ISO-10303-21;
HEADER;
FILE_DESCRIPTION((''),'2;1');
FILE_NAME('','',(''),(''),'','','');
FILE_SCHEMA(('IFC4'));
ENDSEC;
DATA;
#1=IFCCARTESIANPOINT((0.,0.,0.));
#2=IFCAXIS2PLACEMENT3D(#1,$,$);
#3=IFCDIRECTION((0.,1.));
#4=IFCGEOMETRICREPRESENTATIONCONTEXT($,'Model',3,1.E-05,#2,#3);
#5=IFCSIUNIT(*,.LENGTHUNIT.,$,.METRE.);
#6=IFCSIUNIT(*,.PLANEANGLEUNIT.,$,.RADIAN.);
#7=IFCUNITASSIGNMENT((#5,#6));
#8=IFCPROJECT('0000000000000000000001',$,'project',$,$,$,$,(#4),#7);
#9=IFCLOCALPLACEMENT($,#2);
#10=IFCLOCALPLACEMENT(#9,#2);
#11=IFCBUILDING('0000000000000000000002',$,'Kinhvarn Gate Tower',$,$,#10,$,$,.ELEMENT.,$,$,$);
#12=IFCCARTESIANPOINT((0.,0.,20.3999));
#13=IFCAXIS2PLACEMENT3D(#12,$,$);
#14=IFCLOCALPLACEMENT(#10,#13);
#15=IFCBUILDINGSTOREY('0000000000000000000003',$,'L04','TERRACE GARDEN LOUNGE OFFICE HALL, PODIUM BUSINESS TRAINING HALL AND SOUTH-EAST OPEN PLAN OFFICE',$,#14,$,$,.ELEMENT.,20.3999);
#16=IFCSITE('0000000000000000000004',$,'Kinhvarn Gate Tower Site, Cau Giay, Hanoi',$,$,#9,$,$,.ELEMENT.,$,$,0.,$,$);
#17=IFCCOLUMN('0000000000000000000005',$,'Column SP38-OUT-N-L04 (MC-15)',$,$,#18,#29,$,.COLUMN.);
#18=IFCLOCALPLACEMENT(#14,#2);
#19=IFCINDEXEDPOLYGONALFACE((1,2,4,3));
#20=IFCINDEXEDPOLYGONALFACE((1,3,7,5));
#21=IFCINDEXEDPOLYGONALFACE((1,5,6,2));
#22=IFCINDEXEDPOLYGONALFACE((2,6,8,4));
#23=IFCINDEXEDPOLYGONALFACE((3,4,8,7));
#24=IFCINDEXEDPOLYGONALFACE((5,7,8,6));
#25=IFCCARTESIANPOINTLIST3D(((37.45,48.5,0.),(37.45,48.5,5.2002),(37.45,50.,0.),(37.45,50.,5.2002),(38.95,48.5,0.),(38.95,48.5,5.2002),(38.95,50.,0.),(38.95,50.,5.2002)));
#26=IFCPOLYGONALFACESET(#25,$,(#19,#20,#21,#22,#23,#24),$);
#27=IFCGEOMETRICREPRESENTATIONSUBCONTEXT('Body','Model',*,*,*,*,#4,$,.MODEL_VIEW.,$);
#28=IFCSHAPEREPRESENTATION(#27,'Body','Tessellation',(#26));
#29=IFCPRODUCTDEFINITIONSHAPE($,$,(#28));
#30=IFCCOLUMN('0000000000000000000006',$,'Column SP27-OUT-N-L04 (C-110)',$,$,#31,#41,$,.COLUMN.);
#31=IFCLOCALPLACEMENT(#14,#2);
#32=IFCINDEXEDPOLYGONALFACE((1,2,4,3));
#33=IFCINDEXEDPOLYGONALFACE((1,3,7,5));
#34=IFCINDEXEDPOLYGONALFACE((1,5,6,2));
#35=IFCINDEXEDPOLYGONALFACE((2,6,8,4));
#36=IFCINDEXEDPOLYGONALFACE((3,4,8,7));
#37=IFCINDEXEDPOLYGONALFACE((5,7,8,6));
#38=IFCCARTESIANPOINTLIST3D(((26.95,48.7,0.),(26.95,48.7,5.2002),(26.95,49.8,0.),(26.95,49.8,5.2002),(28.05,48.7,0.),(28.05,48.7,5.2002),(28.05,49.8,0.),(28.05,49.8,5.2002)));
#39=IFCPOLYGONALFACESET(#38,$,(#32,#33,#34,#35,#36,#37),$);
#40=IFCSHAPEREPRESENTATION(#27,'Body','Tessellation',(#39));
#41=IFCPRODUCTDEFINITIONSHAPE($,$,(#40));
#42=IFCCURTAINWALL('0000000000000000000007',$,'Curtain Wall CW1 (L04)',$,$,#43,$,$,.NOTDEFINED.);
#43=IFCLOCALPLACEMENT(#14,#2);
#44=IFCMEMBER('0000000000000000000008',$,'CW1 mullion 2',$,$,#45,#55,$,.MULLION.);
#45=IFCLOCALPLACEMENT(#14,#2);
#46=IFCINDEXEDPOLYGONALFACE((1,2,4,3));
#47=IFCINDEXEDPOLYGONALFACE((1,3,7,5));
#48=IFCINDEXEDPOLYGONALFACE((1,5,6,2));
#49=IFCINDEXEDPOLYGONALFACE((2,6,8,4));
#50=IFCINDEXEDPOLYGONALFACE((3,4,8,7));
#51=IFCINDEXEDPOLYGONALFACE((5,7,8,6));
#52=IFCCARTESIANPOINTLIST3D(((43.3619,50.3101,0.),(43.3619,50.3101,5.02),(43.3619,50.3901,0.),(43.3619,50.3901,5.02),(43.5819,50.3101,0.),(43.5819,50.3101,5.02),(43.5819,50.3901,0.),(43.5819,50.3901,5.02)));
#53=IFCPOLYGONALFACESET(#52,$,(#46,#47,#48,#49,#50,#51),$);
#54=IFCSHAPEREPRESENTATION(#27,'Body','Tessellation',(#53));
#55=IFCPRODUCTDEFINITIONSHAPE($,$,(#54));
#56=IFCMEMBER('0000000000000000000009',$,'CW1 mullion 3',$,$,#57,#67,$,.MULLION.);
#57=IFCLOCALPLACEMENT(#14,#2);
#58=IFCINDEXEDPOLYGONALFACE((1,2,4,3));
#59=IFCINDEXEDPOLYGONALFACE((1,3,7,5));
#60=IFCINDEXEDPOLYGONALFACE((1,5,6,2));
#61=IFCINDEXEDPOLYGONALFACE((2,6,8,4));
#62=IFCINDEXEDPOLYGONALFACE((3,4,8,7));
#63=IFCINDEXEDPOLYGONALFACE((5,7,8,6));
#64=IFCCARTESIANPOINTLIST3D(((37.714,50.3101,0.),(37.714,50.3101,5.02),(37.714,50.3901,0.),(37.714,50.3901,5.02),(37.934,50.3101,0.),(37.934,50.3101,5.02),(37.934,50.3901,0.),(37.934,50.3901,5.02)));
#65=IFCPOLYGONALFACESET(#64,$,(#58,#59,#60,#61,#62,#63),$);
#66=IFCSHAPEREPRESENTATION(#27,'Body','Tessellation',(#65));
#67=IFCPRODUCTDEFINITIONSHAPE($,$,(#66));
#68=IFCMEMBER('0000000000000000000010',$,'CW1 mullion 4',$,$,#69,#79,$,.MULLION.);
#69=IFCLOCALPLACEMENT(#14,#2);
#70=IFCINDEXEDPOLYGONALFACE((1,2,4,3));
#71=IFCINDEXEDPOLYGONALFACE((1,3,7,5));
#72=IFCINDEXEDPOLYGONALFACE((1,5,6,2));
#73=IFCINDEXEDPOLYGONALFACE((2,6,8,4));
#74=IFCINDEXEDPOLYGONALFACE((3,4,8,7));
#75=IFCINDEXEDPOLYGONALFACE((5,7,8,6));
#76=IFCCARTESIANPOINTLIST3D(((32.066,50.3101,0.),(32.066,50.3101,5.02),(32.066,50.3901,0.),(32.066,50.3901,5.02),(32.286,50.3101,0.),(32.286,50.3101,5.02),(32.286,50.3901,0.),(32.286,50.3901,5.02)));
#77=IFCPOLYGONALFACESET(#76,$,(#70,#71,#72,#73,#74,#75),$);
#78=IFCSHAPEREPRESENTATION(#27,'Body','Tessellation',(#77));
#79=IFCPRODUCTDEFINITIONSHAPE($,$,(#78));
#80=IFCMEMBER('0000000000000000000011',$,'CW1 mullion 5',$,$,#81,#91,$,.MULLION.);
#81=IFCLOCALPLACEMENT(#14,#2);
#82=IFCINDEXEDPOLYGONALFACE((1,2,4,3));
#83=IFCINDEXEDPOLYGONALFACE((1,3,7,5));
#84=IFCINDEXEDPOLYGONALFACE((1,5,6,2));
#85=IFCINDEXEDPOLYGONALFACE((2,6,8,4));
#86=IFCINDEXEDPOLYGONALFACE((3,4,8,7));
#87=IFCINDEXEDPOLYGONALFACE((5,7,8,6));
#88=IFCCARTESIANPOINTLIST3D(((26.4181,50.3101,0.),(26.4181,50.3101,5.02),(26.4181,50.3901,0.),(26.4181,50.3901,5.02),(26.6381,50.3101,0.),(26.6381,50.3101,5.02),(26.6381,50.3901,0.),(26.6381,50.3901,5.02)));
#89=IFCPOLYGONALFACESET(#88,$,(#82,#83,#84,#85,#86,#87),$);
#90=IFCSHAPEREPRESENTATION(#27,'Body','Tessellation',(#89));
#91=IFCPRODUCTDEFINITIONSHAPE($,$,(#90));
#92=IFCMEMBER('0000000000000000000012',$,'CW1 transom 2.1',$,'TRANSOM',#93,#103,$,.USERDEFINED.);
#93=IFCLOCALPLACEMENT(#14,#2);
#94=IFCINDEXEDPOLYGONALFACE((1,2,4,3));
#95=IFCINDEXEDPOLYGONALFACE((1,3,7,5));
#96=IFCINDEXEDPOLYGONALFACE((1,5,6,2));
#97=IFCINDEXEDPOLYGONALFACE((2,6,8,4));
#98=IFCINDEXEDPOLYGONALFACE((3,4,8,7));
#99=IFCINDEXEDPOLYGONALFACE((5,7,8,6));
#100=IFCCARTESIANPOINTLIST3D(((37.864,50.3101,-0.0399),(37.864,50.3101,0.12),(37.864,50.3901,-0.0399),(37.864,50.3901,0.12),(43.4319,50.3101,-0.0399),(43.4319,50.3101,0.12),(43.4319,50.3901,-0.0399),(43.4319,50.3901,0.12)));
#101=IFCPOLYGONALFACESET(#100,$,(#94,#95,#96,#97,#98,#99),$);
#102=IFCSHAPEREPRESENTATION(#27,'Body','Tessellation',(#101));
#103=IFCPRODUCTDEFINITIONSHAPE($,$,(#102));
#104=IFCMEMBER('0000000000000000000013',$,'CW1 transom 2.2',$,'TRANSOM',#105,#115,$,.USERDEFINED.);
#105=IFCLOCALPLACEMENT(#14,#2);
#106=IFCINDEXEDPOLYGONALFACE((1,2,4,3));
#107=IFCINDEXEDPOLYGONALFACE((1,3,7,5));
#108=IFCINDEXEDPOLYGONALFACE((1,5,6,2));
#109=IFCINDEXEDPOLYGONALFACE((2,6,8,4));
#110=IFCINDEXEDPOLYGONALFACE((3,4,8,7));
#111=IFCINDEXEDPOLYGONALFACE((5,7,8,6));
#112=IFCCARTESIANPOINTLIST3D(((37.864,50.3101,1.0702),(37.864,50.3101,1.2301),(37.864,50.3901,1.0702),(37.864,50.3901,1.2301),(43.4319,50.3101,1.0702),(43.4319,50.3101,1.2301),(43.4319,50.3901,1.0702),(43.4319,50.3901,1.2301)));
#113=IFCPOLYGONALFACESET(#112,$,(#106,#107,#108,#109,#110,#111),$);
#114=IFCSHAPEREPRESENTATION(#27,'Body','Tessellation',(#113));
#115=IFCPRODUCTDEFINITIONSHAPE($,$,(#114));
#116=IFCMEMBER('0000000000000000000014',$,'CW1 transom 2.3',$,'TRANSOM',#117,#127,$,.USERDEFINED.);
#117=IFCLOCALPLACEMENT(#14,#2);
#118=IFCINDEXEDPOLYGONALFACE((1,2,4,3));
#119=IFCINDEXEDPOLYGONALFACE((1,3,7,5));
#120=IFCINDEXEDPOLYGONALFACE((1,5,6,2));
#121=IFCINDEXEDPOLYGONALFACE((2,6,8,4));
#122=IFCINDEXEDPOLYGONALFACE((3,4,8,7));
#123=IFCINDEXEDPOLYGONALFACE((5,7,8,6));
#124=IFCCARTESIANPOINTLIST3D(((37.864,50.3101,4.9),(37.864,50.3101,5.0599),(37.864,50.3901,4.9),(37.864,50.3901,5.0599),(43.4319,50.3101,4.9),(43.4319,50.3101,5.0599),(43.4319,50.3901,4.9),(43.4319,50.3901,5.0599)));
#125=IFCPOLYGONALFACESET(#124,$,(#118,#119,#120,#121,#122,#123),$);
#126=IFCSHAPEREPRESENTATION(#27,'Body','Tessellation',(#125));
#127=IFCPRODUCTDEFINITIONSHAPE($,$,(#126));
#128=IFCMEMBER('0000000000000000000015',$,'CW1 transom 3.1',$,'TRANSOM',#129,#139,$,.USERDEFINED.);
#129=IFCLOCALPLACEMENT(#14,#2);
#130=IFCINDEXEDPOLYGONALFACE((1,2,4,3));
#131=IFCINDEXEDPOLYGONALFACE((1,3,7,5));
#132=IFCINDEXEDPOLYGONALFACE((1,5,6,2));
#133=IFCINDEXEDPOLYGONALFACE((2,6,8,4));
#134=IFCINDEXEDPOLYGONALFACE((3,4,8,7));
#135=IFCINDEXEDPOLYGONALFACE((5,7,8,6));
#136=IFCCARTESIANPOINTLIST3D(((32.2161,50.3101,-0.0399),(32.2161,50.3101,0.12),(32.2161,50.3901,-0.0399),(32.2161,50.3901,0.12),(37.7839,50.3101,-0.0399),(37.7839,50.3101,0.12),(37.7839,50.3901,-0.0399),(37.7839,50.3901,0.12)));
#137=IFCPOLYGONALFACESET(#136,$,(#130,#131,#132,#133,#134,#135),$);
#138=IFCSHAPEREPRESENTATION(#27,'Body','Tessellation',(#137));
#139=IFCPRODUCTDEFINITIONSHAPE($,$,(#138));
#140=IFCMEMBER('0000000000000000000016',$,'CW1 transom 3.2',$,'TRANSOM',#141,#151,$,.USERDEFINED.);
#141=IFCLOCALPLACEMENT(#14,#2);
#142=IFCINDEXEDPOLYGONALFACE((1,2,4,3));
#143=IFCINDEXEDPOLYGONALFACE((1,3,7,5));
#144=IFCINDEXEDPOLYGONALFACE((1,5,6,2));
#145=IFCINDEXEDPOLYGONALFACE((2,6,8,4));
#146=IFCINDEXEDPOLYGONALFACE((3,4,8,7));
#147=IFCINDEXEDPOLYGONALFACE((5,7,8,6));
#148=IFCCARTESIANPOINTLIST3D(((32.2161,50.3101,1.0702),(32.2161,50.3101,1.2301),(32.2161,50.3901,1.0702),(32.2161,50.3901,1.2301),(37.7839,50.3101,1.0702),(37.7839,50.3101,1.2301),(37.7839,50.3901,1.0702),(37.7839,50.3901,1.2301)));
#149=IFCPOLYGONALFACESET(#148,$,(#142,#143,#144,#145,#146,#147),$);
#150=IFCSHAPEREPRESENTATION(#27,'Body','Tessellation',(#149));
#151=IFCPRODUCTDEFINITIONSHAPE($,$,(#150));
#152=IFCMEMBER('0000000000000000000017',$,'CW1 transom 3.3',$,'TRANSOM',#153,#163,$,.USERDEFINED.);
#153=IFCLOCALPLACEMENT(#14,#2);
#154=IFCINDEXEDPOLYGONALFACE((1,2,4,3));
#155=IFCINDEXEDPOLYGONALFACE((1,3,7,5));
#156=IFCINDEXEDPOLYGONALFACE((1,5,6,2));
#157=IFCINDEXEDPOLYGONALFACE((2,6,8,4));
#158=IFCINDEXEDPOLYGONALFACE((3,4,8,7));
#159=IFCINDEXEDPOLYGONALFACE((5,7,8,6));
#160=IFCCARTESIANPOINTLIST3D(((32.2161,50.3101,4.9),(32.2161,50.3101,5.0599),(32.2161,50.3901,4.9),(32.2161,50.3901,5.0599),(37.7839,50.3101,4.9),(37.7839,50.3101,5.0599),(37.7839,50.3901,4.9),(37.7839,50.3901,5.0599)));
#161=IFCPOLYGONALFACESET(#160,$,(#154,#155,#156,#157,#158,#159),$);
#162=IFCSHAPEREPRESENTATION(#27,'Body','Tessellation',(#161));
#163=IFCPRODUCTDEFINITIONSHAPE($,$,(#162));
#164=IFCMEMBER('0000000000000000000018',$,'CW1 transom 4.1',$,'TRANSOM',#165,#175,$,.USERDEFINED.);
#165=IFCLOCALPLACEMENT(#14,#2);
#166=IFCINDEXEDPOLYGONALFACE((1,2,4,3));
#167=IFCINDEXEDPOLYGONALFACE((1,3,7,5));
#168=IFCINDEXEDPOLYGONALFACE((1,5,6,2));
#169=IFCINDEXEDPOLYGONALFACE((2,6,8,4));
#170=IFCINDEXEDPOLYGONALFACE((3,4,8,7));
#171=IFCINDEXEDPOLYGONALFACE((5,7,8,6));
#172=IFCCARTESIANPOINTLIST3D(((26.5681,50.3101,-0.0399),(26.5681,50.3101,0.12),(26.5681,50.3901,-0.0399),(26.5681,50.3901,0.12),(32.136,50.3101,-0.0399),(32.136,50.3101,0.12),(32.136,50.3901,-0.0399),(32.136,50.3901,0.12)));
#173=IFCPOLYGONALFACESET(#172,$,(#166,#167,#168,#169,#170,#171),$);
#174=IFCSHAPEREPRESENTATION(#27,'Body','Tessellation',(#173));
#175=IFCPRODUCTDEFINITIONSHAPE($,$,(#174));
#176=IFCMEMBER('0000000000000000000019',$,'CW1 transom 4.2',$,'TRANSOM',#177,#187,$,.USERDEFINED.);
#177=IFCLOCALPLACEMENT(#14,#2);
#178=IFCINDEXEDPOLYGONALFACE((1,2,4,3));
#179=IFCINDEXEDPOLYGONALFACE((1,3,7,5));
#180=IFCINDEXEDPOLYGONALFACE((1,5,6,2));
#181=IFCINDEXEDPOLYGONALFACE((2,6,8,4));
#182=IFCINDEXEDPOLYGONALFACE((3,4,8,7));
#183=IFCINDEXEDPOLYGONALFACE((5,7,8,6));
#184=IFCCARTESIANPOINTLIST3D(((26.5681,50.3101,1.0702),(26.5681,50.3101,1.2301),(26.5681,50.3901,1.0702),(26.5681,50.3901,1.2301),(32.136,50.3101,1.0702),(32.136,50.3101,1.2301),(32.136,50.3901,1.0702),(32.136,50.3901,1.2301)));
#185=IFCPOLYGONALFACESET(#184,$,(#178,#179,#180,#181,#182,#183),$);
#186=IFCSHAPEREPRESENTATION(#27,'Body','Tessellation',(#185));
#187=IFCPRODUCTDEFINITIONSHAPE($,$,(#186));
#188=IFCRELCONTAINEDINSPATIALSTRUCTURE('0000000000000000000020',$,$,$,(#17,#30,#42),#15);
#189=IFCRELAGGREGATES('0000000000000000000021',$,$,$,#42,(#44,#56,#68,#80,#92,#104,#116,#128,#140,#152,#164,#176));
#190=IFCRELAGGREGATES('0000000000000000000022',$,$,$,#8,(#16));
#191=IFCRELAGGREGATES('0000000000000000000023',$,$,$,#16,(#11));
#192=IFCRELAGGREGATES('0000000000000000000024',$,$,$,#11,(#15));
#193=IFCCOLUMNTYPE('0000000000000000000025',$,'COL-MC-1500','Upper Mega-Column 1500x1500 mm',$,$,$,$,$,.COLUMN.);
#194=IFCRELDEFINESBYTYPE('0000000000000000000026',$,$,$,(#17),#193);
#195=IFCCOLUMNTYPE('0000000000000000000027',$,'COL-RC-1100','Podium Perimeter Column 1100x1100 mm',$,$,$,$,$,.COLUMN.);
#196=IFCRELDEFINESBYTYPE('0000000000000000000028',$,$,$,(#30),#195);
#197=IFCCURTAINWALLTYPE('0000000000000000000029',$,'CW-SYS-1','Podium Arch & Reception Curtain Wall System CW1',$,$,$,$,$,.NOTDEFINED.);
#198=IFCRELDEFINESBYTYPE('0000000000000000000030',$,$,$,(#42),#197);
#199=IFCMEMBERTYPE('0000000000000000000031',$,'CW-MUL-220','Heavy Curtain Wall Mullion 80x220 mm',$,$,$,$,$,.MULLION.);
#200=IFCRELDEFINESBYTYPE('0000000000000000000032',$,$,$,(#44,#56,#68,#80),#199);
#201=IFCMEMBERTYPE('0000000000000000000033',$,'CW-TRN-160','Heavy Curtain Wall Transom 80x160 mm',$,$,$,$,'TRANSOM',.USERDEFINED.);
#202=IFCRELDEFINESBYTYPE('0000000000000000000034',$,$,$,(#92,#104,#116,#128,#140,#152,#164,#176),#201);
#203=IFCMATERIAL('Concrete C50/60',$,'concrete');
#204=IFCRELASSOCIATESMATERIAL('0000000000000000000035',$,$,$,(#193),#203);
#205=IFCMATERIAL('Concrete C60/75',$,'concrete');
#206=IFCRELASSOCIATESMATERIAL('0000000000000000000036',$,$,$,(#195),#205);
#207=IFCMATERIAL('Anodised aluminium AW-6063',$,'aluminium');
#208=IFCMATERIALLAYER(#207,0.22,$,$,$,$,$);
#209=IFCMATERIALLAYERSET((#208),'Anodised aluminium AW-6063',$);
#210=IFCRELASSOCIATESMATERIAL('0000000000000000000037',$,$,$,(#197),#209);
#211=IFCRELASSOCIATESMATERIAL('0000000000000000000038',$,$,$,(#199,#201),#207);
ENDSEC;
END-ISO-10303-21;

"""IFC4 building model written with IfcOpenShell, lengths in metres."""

from ifc_helpers import new_model, si_unit, direction, frame, origin, origin_2d, place, context, subcontext, project, spatial, rectangle, extrude, material, layer, layer_set, material_profile, profile_set, type_object, element, aggregate, save


model = new_model("IFC4")

# Units and contexts
model_context = context("Model", 3, precision=1e-05, world=origin(), true_north=direction((0.0, 1.0)))
body_context = subcontext(model_context, "Body", "Model", "MODEL_VIEW")
ifc_project = project(units=[si_unit("LENGTHUNIT", "METRE"), si_unit("PLANEANGLEUNIT", "RADIAN")], contexts=[model_context])

# Site, building, storey
site_placement = place(None, origin())
site = spatial("IfcSite", under=ifc_project, at=site_placement, Name="Kinhvarn Gate Tower Site, Cau Giay, Hanoi", CompositionType="ELEMENT", RefElevation=0.0)
building_placement = place(site_placement, origin())
building = spatial("IfcBuilding", under=site, at=building_placement, Name="Kinhvarn Gate Tower", CompositionType="ELEMENT")
storey_placement = place(building_placement, frame((0.0, 0.0, 20.3999)))
storey = spatial("IfcBuildingStorey", under=building, at=storey_placement, Name="L04", Description="TERRACE GARDEN LOUNGE OFFICE HALL, PODIUM BUSINESS TRAINING HALL AND SOUTH-EAST OPEN PLAN OFFICE", CompositionType="ELEMENT", Elevation=20.3999)

# Columns
ifc_material_1 = material(Name="Concrete C50/60", Category="concrete")
ifc_material_profile_1 = material_profile(ifc_material_1, rectangle(XDim=1.5, YDim=1.5, at=origin_2d()), Name="RC 1500x1500")
ifc_profile_set_1 = profile_set([ifc_material_profile_1], Name="Concrete C50/60")
column_type_1 = type_object("IfcColumnType", Name="COL-MC-1500", Description="Upper Mega-Column 1500x1500 mm", PredefinedType="COLUMN", material=ifc_profile_set_1)
column_1_placement = place(storey_placement, frame((38.2, 49.25, 0.0), z_axis=(0.0, 0.0, 1.0), x_axis=(1.0, 0.0, 0.0)))
element("IfcColumn", 1, at=column_1_placement, inside=storey, type_object=column_type_1, Name="Column SP38-OUT-N-L04 (MC-15)", PredefinedType="COLUMN", context=body_context, shape_type="SweptSolid", body=[
    extrude(rectangle(XDim=1.5, YDim=1.5, at=origin_2d()), origin(), (0.0, 0.0, 1.0), 5.2002),
])
ifc_material_2 = material(Name="Concrete C60/75", Category="concrete")
ifc_material_profile_2 = material_profile(ifc_material_2, rectangle(XDim=1.1001, YDim=1.1001, at=origin_2d()), Name="RC 1100x1100")
ifc_profile_set_2 = profile_set([ifc_material_profile_2], Name="Concrete C60/75")
column_type_2 = type_object("IfcColumnType", Name="COL-RC-1100", Description="Podium Perimeter Column 1100x1100 mm", PredefinedType="COLUMN", material=ifc_profile_set_2)
column_2_placement = place(storey_placement, frame((27.5, 49.25, 0.0), z_axis=(0.0, 0.0, 1.0), x_axis=(1.0, 0.0, 0.0)))
element("IfcColumn", 2, at=column_2_placement, inside=storey, type_object=column_type_2, Name="Column SP27-OUT-N-L04 (C-110)", PredefinedType="COLUMN", context=body_context, shape_type="SweptSolid", body=[
    extrude(rectangle(XDim=1.1001, YDim=1.1001, at=origin_2d()), origin(), (0.0, 0.0, 1.0), 5.2002),
])

# Curtain wall, members
ifc_material_3 = material(Name="Anodised aluminium AW-6063", Category="aluminium")
ifc_layer_1 = layer(ifc_material_3, 0.22)
ifc_layer_set_1 = layer_set([ifc_layer_1], Name="Anodised aluminium AW-6063")
curtain_wall_type = type_object("IfcCurtainWallType", Name="CW-SYS-1", Description="Podium Arch & Reception Curtain Wall System CW1", PredefinedType="NOTDEFINED", material=ifc_layer_set_1)
curtain_wall_placement = place(storey_placement, origin())
curtain_wall = element("IfcCurtainWall", 3, at=curtain_wall_placement, inside=storey, type_object=curtain_wall_type, Name="Curtain Wall CW1 (L04)", PredefinedType="NOTDEFINED")
ifc_material_profile_3 = material_profile(ifc_material_3, rectangle(XDim=0.0801, YDim=0.22, at=origin_2d()), Name="ALU 80x220")
ifc_profile_set_3 = profile_set([ifc_material_profile_3], Name="Anodised aluminium AW-6063")
member_type_1 = type_object("IfcMemberType", Name="CW-MUL-220", Description="Heavy Curtain Wall Mullion 80x220 mm", PredefinedType="MULLION", material=ifc_profile_set_3)
member_1_placement = place(storey_placement, frame((43.4719, 50.3501, 0.0), z_axis=(0.0, 0.0, 1.0), x_axis=(0.0, -1.0, 0.0)))
member_1 = element("IfcMember", 4, at=member_1_placement, type_object=member_type_1, Name="CW1 mullion 2", PredefinedType="MULLION", context=body_context, shape_type="SweptSolid", body=[
    extrude(rectangle(XDim=0.0801, YDim=0.22, at=origin_2d()), origin(), (0.0, 0.0, 1.0), 5.02),
])
member_2_placement = place(storey_placement, frame((37.824, 50.3501, 0.0), z_axis=(0.0, 0.0, 1.0), x_axis=(0.0, -1.0, 0.0)))
member_2 = element("IfcMember", 5, at=member_2_placement, type_object=member_type_1, Name="CW1 mullion 3", PredefinedType="MULLION", context=body_context, shape_type="SweptSolid", body=[
    extrude(rectangle(XDim=0.0801, YDim=0.22, at=origin_2d()), origin(), (0.0, 0.0, 1.0), 5.02),
])
member_3_placement = place(storey_placement, frame((32.176, 50.3501, 0.0), z_axis=(0.0, 0.0, 1.0), x_axis=(0.0, -1.0, 0.0)))
member_3 = element("IfcMember", 6, at=member_3_placement, type_object=member_type_1, Name="CW1 mullion 4", PredefinedType="MULLION", context=body_context, shape_type="SweptSolid", body=[
    extrude(rectangle(XDim=0.0801, YDim=0.22, at=origin_2d()), origin(), (0.0, 0.0, 1.0), 5.02),
])
member_4_placement = place(storey_placement, frame((26.5281, 50.3501, 0.0), z_axis=(0.0, 0.0, 1.0), x_axis=(0.0, -1.0, 0.0)))
member_4 = element("IfcMember", 7, at=member_4_placement, type_object=member_type_1, Name="CW1 mullion 5", PredefinedType="MULLION", context=body_context, shape_type="SweptSolid", body=[
    extrude(rectangle(XDim=0.0801, YDim=0.22, at=origin_2d()), origin(), (0.0, 0.0, 1.0), 5.02),
])
ifc_material_profile_4 = material_profile(ifc_material_3, rectangle(XDim=0.0801, YDim=0.1599, at=origin_2d()), Name="ALU 80x160")
ifc_profile_set_4 = profile_set([ifc_material_profile_4], Name="Anodised aluminium AW-6063")
member_type_2 = type_object("IfcMemberType", Name="CW-TRN-160", Description="Heavy Curtain Wall Transom 80x160 mm", ElementType="TRANSOM", PredefinedType="USERDEFINED", material=ifc_profile_set_4)
member_5_placement = place(storey_placement, frame((43.4319, 50.3501, 0.04), z_axis=(-1.0, 0.0, 0.0), x_axis=(0.0, -1.0, 0.0)))
member_5 = element("IfcMember", 8, at=member_5_placement, type_object=member_type_2, Name="CW1 transom 2.1", ObjectType="TRANSOM", PredefinedType="USERDEFINED", context=body_context, shape_type="SweptSolid", body=[
    extrude(rectangle(XDim=0.0801, YDim=0.1599, at=origin_2d()), origin(), (0.0, 0.0, 1.0), 5.5679),
])
member_6_placement = place(storey_placement, frame((43.4319, 50.3501, 1.1501), z_axis=(-1.0, 0.0, 0.0), x_axis=(0.0, -1.0, 0.0)))
member_6 = element("IfcMember", 9, at=member_6_placement, type_object=member_type_2, Name="CW1 transom 2.2", ObjectType="TRANSOM", PredefinedType="USERDEFINED", context=body_context, shape_type="SweptSolid", body=[
    extrude(rectangle(XDim=0.0801, YDim=0.1599, at=origin_2d()), origin(), (0.0, 0.0, 1.0), 5.5679),
])
member_7_placement = place(storey_placement, frame((43.4319, 50.3501, 4.98), z_axis=(-1.0, 0.0, 0.0), x_axis=(0.0, -1.0, 0.0)))
member_7 = element("IfcMember", 10, at=member_7_placement, type_object=member_type_2, Name="CW1 transom 2.3", ObjectType="TRANSOM", PredefinedType="USERDEFINED", context=body_context, shape_type="SweptSolid", body=[
    extrude(rectangle(XDim=0.0801, YDim=0.1599, at=origin_2d()), origin(), (0.0, 0.0, 1.0), 5.5679),
])
member_8_placement = place(storey_placement, frame((37.7839, 50.3501, 0.04), z_axis=(-1.0, 0.0, 0.0), x_axis=(0.0, -1.0, 0.0)))
member_8 = element("IfcMember", 11, at=member_8_placement, type_object=member_type_2, Name="CW1 transom 3.1", ObjectType="TRANSOM", PredefinedType="USERDEFINED", context=body_context, shape_type="SweptSolid", body=[
    extrude(rectangle(XDim=0.0801, YDim=0.1599, at=origin_2d()), origin(), (0.0, 0.0, 1.0), 5.5679),
])
member_9_placement = place(storey_placement, frame((37.7839, 50.3501, 1.1501), z_axis=(-1.0, 0.0, 0.0), x_axis=(0.0, -1.0, 0.0)))
member_9 = element("IfcMember", 12, at=member_9_placement, type_object=member_type_2, Name="CW1 transom 3.2", ObjectType="TRANSOM", PredefinedType="USERDEFINED", context=body_context, shape_type="SweptSolid", body=[
    extrude(rectangle(XDim=0.0801, YDim=0.1599, at=origin_2d()), origin(), (0.0, 0.0, 1.0), 5.5679),
])
member_10_placement = place(storey_placement, frame((37.7839, 50.3501, 4.98), z_axis=(-1.0, 0.0, 0.0), x_axis=(0.0, -1.0, 0.0)))
member_10 = element("IfcMember", 13, at=member_10_placement, type_object=member_type_2, Name="CW1 transom 3.3", ObjectType="TRANSOM", PredefinedType="USERDEFINED", context=body_context, shape_type="SweptSolid", body=[
    extrude(rectangle(XDim=0.0801, YDim=0.1599, at=origin_2d()), origin(), (0.0, 0.0, 1.0), 5.5679),
])
member_11_placement = place(storey_placement, frame((32.136, 50.3501, 0.04), z_axis=(-1.0, 0.0, 0.0), x_axis=(0.0, -1.0, 0.0)))
member_11 = element("IfcMember", 14, at=member_11_placement, type_object=member_type_2, Name="CW1 transom 4.1", ObjectType="TRANSOM", PredefinedType="USERDEFINED", context=body_context, shape_type="SweptSolid", body=[
    extrude(rectangle(XDim=0.0801, YDim=0.1599, at=origin_2d()), origin(), (0.0, 0.0, 1.0), 5.5679),
])
member_12_placement = place(storey_placement, frame((32.136, 50.3501, 1.1501), z_axis=(-1.0, 0.0, 0.0), x_axis=(0.0, -1.0, 0.0)))
member_12 = element("IfcMember", 15, at=member_12_placement, type_object=member_type_2, Name="CW1 transom 4.2", ObjectType="TRANSOM", PredefinedType="USERDEFINED", context=body_context, shape_type="SweptSolid", body=[
    extrude(rectangle(XDim=0.0801, YDim=0.1599, at=origin_2d()), origin(), (0.0, 0.0, 1.0), 5.5679),
])

aggregate(curtain_wall, [member_1, member_2, member_3, member_4, member_5, member_6, member_7, member_8, member_9, member_10, member_11, member_12])

save(model, "model.ifc")
